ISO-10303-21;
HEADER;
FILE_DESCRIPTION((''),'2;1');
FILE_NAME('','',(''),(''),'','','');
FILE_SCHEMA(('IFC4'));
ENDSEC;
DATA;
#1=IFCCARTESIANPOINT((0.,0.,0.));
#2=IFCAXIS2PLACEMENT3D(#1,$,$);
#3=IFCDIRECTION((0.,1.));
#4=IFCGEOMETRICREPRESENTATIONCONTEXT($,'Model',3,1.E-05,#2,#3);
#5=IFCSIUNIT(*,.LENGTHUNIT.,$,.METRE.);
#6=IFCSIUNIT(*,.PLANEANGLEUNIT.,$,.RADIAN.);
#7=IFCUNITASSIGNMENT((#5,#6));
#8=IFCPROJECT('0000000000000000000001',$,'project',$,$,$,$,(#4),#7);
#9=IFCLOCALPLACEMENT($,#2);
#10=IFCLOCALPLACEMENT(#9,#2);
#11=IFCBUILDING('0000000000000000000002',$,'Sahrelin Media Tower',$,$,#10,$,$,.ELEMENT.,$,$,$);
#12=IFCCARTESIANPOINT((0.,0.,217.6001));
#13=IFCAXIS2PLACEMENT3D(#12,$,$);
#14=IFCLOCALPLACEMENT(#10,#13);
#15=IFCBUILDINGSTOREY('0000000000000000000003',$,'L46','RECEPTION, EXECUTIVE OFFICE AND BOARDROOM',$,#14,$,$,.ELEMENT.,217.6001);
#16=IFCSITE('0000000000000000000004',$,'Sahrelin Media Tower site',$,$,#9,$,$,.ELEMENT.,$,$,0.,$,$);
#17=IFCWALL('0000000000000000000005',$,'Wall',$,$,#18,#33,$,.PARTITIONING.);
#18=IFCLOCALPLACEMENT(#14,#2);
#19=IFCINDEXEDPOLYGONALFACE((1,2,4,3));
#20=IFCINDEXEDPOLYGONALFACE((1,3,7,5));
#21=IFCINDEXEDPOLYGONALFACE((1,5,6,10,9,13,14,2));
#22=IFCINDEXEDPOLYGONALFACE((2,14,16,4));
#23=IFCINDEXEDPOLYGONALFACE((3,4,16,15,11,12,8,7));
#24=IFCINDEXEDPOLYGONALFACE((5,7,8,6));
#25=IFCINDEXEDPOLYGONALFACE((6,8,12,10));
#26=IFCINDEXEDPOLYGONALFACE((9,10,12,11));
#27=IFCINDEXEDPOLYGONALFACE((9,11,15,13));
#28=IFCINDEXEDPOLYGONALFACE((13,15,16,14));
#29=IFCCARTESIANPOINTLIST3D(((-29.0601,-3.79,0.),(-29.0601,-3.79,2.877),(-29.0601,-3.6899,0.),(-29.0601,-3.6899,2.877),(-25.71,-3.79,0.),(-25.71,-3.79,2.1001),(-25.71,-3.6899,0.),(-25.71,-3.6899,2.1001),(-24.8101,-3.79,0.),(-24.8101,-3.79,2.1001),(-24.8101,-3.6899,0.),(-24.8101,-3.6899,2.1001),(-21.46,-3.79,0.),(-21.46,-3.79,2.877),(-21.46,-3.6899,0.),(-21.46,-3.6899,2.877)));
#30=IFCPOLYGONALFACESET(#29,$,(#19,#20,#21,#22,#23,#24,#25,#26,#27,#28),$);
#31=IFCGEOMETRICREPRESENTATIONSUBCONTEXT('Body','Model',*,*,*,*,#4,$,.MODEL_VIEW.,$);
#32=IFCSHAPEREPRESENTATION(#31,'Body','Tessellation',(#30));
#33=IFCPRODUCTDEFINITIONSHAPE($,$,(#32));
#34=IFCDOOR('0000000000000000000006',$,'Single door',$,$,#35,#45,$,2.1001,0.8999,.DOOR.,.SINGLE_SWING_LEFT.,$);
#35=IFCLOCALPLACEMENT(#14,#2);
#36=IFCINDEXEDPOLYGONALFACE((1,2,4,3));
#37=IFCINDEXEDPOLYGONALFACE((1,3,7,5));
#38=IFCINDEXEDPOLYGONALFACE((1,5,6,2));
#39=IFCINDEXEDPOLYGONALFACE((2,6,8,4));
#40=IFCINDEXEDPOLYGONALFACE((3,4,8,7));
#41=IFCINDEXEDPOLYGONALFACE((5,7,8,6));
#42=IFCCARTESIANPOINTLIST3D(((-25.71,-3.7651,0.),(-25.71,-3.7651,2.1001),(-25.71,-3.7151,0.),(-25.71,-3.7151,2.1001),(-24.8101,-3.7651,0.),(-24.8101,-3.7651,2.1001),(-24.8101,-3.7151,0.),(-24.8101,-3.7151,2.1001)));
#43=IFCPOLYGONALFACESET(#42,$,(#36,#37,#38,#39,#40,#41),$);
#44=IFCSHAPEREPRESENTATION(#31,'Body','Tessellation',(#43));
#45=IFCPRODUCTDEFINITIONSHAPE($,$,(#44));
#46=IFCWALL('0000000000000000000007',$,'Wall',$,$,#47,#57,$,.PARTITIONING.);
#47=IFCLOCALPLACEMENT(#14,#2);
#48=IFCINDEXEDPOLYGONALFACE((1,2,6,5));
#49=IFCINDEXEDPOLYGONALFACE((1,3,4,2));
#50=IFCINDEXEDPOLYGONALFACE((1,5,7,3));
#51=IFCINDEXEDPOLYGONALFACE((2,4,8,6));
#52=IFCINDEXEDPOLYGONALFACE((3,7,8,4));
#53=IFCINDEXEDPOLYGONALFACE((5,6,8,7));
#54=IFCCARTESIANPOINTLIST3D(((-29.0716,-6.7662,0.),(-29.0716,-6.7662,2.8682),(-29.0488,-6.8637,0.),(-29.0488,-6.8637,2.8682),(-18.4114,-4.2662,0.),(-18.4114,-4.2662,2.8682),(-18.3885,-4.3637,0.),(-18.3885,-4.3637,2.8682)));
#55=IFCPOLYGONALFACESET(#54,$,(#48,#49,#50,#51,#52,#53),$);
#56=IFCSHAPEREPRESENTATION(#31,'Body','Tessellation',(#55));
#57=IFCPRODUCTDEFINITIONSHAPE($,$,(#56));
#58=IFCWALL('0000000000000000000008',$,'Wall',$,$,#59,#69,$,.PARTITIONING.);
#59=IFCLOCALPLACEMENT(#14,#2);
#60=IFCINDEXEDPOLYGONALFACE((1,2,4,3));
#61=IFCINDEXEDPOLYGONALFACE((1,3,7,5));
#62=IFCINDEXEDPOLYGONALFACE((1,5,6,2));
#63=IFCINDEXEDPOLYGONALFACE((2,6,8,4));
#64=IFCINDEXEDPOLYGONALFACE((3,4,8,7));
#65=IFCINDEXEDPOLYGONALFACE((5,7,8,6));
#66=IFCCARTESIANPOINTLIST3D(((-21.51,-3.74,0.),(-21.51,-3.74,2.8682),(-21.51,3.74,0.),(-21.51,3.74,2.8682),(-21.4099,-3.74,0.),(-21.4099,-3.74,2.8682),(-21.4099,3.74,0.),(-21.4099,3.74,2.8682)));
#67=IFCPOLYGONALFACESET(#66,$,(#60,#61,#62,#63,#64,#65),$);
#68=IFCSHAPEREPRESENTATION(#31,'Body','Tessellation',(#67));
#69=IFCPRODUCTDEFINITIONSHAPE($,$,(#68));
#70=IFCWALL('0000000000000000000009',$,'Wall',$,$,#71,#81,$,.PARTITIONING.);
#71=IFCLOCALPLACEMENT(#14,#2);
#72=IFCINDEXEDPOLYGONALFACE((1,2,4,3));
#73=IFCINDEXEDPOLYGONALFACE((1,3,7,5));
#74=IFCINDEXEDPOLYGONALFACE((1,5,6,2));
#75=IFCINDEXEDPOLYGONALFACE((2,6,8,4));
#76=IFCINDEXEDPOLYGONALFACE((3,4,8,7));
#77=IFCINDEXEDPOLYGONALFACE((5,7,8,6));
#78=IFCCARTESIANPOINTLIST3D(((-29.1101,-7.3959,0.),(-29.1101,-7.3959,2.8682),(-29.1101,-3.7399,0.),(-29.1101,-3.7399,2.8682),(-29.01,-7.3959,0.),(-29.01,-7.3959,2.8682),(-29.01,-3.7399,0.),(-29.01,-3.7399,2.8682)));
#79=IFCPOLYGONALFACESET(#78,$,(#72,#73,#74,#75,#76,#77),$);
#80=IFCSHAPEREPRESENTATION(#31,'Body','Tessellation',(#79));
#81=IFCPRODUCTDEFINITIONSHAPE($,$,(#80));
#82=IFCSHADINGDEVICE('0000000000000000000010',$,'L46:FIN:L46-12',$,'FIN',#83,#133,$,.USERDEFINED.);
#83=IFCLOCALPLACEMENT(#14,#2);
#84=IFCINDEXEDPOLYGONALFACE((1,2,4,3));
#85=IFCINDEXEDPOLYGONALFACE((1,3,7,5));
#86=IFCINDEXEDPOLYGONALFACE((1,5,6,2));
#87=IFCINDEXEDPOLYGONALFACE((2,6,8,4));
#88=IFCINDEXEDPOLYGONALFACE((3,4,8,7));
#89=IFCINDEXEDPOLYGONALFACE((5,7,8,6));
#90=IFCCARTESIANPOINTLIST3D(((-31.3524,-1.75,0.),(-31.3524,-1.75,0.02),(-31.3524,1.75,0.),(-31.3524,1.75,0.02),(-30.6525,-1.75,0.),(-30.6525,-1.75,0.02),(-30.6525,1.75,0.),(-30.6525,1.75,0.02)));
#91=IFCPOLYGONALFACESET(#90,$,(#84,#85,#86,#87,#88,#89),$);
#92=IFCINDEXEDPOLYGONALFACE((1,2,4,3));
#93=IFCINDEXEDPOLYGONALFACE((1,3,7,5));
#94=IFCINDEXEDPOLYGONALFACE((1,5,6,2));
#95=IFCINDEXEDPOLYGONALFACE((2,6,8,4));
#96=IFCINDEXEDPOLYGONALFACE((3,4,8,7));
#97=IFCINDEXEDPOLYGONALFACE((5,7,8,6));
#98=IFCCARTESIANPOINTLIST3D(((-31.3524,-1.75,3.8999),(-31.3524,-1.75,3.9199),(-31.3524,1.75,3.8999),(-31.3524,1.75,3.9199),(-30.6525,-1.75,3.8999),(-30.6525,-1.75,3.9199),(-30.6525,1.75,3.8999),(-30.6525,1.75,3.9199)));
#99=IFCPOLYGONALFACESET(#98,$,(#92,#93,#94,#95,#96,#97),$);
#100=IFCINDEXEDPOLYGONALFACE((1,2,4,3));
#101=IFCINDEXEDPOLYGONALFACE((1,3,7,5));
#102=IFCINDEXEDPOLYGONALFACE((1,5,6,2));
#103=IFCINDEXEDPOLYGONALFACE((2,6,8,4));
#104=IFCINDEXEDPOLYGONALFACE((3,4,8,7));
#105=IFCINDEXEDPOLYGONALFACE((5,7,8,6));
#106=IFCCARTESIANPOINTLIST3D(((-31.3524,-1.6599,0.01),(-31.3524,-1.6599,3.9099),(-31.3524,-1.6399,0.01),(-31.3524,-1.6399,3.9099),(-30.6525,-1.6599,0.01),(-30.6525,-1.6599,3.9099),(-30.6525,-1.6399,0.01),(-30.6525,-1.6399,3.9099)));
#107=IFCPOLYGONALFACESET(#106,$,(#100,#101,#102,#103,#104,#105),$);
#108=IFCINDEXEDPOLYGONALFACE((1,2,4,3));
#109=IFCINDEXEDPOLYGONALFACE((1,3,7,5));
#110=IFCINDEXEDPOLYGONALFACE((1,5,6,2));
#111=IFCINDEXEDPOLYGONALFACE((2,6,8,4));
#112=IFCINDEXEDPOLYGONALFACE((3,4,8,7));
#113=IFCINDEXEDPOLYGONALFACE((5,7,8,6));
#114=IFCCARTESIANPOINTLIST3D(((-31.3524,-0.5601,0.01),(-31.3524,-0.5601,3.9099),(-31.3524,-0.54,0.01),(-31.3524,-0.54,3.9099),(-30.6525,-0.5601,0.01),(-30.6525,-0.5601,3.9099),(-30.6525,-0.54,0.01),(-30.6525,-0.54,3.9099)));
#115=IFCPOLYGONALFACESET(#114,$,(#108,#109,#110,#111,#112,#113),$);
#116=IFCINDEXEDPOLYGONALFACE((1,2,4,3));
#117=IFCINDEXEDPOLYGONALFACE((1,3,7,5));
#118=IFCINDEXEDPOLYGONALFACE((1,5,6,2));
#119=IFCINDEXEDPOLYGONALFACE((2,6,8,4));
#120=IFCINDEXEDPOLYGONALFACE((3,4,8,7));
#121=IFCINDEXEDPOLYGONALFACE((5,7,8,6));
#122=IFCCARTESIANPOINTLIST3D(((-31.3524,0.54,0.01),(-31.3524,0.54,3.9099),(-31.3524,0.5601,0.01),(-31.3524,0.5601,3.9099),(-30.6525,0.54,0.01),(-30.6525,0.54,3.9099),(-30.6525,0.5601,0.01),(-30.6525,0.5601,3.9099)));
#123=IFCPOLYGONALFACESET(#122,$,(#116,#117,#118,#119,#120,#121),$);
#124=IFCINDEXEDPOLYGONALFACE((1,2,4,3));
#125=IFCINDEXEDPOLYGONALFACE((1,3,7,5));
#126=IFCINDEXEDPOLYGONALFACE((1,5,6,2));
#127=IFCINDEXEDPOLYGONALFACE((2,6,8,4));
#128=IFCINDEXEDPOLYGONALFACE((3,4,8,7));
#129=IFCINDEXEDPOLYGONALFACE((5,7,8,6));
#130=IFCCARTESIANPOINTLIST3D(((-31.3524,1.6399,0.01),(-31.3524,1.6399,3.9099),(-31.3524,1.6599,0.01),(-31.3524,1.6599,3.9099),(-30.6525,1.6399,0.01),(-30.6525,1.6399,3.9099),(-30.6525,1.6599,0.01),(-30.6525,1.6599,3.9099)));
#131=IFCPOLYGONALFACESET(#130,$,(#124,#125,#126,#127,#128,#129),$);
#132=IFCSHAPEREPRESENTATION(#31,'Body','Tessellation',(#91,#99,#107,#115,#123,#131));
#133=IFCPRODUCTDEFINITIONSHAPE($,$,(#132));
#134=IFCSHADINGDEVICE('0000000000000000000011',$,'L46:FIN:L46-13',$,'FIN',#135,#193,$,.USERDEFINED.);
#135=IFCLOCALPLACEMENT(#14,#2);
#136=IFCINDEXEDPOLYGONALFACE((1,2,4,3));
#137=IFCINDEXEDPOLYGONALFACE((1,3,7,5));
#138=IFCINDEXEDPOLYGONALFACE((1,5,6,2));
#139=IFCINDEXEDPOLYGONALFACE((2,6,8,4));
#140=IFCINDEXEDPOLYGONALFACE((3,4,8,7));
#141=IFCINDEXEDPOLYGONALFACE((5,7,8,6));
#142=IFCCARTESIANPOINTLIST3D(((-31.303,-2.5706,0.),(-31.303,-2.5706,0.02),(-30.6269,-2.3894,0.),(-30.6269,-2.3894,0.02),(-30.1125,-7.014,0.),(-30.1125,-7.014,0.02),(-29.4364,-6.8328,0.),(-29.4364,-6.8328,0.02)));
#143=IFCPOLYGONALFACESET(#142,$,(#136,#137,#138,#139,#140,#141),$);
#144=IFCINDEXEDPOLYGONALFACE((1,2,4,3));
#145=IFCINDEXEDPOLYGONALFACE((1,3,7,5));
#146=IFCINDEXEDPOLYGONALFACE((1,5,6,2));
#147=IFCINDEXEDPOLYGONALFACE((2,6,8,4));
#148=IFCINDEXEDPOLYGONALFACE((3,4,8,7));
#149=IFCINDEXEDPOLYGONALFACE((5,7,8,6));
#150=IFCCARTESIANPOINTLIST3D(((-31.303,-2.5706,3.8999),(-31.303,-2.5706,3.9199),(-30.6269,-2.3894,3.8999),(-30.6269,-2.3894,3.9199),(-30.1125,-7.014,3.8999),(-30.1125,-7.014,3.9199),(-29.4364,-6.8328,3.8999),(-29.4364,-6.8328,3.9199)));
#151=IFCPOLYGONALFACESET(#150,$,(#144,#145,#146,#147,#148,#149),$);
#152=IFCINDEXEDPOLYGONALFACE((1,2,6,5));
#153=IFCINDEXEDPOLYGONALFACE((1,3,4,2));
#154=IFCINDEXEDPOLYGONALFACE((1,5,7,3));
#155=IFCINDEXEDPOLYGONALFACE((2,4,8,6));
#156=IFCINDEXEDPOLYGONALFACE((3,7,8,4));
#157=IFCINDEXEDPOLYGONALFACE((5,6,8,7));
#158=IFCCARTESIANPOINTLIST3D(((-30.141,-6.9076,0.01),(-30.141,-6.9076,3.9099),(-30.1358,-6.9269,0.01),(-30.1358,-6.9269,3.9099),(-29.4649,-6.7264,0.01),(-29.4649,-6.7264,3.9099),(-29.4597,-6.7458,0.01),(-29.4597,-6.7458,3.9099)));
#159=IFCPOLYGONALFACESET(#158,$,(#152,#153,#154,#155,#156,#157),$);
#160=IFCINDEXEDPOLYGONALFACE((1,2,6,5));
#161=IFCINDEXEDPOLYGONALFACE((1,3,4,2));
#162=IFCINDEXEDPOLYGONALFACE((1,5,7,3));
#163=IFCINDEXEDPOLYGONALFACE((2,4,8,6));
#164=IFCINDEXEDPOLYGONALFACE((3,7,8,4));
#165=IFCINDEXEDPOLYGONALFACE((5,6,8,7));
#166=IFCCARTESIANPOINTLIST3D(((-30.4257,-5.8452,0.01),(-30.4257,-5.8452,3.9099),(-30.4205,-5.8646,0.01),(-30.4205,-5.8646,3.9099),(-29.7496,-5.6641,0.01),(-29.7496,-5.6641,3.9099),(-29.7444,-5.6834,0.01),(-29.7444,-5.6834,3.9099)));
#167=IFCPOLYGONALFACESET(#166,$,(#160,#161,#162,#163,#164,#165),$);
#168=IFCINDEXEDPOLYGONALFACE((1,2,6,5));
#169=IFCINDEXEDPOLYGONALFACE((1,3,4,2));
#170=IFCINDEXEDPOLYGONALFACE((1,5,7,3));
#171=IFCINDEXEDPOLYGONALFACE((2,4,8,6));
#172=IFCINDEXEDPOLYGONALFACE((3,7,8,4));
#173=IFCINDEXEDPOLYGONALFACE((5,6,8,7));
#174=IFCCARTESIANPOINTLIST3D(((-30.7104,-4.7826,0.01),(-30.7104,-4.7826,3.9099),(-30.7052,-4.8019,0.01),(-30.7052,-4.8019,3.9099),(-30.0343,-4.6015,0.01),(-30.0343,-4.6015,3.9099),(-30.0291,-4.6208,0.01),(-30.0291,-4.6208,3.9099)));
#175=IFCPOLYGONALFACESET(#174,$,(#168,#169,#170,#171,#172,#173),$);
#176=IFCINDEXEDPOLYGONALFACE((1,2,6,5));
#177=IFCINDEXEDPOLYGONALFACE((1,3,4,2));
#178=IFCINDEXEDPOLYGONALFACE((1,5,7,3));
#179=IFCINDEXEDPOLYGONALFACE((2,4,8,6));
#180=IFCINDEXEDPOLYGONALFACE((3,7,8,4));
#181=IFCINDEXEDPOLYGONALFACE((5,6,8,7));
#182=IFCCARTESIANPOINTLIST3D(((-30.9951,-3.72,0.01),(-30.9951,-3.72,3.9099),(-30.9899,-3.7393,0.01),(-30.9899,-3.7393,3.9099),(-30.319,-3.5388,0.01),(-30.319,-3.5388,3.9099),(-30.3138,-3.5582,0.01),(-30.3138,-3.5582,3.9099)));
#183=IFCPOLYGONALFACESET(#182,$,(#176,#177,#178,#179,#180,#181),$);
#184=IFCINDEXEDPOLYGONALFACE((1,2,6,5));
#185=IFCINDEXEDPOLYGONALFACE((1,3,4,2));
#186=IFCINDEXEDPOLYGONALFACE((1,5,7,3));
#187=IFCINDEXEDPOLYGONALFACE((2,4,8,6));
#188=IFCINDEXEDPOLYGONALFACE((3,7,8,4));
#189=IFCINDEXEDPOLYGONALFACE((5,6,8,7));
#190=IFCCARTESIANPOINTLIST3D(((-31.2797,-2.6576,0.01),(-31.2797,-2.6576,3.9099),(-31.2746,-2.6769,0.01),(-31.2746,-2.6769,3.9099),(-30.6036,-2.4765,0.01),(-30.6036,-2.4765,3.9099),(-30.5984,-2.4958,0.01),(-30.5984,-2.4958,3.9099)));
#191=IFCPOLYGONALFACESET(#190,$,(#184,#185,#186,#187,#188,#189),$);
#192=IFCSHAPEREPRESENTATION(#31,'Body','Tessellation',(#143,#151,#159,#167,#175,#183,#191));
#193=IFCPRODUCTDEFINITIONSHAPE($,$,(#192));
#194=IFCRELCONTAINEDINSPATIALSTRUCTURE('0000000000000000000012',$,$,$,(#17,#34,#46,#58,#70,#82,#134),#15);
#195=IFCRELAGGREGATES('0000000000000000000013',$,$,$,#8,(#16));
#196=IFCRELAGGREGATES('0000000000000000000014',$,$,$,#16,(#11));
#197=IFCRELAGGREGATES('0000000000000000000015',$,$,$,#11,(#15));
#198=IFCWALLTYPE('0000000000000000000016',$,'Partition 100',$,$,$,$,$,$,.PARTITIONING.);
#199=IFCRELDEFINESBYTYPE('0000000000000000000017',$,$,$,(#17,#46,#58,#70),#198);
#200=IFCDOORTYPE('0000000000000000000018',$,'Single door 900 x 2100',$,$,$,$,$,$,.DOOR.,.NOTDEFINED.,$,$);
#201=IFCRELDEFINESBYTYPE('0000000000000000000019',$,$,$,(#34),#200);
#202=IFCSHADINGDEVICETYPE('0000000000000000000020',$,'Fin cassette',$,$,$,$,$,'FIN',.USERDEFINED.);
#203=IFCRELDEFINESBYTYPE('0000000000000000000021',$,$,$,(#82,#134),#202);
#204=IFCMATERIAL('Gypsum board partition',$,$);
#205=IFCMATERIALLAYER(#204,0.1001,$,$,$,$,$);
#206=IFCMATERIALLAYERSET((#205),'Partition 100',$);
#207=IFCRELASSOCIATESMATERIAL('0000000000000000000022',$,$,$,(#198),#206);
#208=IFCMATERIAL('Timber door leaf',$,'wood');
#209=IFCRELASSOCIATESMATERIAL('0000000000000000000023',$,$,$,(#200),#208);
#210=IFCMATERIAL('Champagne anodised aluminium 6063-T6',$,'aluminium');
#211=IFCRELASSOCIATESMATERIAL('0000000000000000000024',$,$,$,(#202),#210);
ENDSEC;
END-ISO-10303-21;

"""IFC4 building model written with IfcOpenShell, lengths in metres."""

from ifc_helpers import new_model, si_unit, direction, frame, frame_2d, origin, origin_2d, place, context, subcontext, project, spatial, rectangle, extrude, material, layer, layer_set, type_object, element, fill, save


model = new_model("IFC4")

# Units and contexts
model_context = context("Model", 3, precision=1e-05, world=origin(), true_north=direction((0.0, 1.0)))
body_context = subcontext(model_context, "Body", "Model", "MODEL_VIEW")
ifc_project = project(units=[si_unit("LENGTHUNIT", "METRE"), si_unit("PLANEANGLEUNIT", "RADIAN")], contexts=[model_context])

# Site, building, storey
site_placement = place(None, origin())
site = spatial("IfcSite", under=ifc_project, at=site_placement, Name="Sahrelin Media Tower site", CompositionType="ELEMENT", RefElevation=0.0)
building_placement = place(site_placement, origin())
building = spatial("IfcBuilding", under=site, at=building_placement, Name="Sahrelin Media Tower", CompositionType="ELEMENT")
storey_placement = place(building_placement, frame((0.0, 0.0, 217.6001)))
storey = spatial("IfcBuildingStorey", under=building, at=storey_placement, Name="L46", Description="RECEPTION, EXECUTIVE OFFICE AND BOARDROOM", CompositionType="ELEMENT", Elevation=217.6001)

# Shared definitions
ifc_material_1 = material(Name="Champagne anodised aluminium 6063-T6", Category="aluminium")

# Wall, opening, door
ifc_material_2 = material(Name="Gypsum board partition")
ifc_layer_1 = layer(ifc_material_2, 0.1001)
ifc_layer_set_1 = layer_set([ifc_layer_1], Name="Partition 100")
wall_type_1 = type_object("IfcWallType", Name="Partition 100", PredefinedType="PARTITIONING", material=ifc_layer_set_1)
wall_1_placement = place(storey_placement, frame((-29.0601, -3.74, 0.0), z_axis=(0.0, 0.0, 1.0), x_axis=(1.0, 0.0, 0.0)))
wall_1 = element("IfcWall", 1, at=wall_1_placement, inside=storey, type_object=wall_type_1, Name="Wall", PredefinedType="PARTITIONING", context=body_context, shape_type="SweptSolid", body=[
    extrude(rectangle(XDim=7.6001, YDim=0.1001, at=frame_2d((3.8, 0.0))), origin(), (0.0, 0.0, 1.0), 2.877),
])
opening_1_placement = place(wall_1_placement, frame((3.3501, 0.0, 0.0)))
opening_1 = element("IfcOpeningElement", 2, at=opening_1_placement, cuts=wall_1, PredefinedType="OPENING", context=body_context, shape_type="SweptSolid", body=[
    extrude(rectangle(XDim=0.8999, YDim=2.1001, at=frame_2d((0.45, 1.05))), frame((0.0, 0.05, 0.0), z_axis=(0.0, -1.0, 0.0), x_axis=(1.0, 0.0, 0.0)), (0.0, 0.0, 1.0), 0.1001),
])
ifc_material_3 = material(Name="Timber door leaf", Category="wood")
door_type_1 = type_object("IfcDoorType", Name="Single door 900 x 2100", OperationType="NOTDEFINED", PredefinedType="DOOR", material=ifc_material_3)
door_1_placement = place(opening_1_placement, origin())
door_1 = element("IfcDoor", 3, at=door_1_placement, inside=storey, type_object=door_type_1, Name="Single door", OperationType="SINGLE_SWING_LEFT", OverallHeight=2.1001, OverallWidth=0.8999, PredefinedType="DOOR", context=body_context, shape_type="SweptSolid", body=[
    extrude(rectangle(XDim=0.8999, YDim=2.1001, at=frame_2d((0.45, 1.05))), frame((0.0, 0.0249, 0.0), z_axis=(0.0, -1.0, 0.0), x_axis=(1.0, 0.0, 0.0)), (0.0, 0.0, 1.0), 0.05),
])
fill(opening_1, door_1)

# Walls
wall_2_placement = place(storey_placement, frame((-29.0601, -6.8149, 0.0), z_axis=(0.0, 0.0, 1.0), x_axis=(0.973585, 0.228323, 0.0)))
element("IfcWall", 4, at=wall_2_placement, inside=storey, type_object=wall_type_1, Name="Wall", PredefinedType="PARTITIONING", context=body_context, shape_type="SweptSolid", body=[
    extrude(rectangle(XDim=10.9495, YDim=0.1001, at=frame_2d((5.4746, 0.0))), origin(), (0.0, 0.0, 1.0), 2.8682),
])
wall_3_placement = place(storey_placement, frame((-21.46, -3.74, 0.0), z_axis=(0.0, 0.0, 1.0), x_axis=(0.0, 1.0, 0.0)))
element("IfcWall", 5, at=wall_3_placement, inside=storey, type_object=wall_type_1, Name="Wall", PredefinedType="PARTITIONING", context=body_context, shape_type="SweptSolid", body=[
    extrude(rectangle(XDim=7.48, YDim=0.1001, at=frame_2d((3.74, 0.0))), origin(), (0.0, 0.0, 1.0), 2.8682),
])
wall_4_placement = place(storey_placement, frame((-29.0601, -7.396, 0.0), z_axis=(0.0, 0.0, 1.0), x_axis=(0.0, 1.0, 0.0)))
element("IfcWall", 6, at=wall_4_placement, inside=storey, type_object=wall_type_1, Name="Wall", PredefinedType="PARTITIONING", context=body_context, shape_type="SweptSolid", body=[
    extrude(rectangle(XDim=3.656, YDim=0.1001, at=frame_2d((1.8281, 0.0))), origin(), (0.0, 0.0, 1.0), 2.8682),
])

# Shading devices
shading_device_type_1 = type_object("IfcShadingDeviceType", Name="Fin cassette", ElementType="FIN", PredefinedType="USERDEFINED", material=ifc_material_1)
placement_1 = place(storey_placement, frame((-30.5825, 0.0, 0.0), z_axis=(0.0, 0.0, 1.0), x_axis=(0.0, 1.0, 0.0)))
element("IfcShadingDevice", 7, at=placement_1, inside=storey, type_object=shading_device_type_1, Name="L46:FIN:L46-12", ObjectType="FIN", PredefinedType="USERDEFINED", context=body_context, shape_type="SweptSolid", body=[
    extrude(rectangle(XDim=3.5, YDim=0.7, at=origin_2d()), frame((0.0, 0.4199, 0.0)), (0.0, 0.0, 1.0), 0.02),
    extrude(rectangle(XDim=3.5, YDim=0.7, at=origin_2d()), frame((0.0, 0.4199, 3.8999)), (0.0, 0.0, 1.0), 0.02),
    extrude(rectangle(XDim=0.02, YDim=0.7, at=origin_2d()), frame((-1.6499, 0.4199, 0.01), z_axis=(0.0, 0.0, 1.0), x_axis=(1.0, 0.0, 0.0)), (0.0, 0.0, 1.0), 3.8999),
    extrude(rectangle(XDim=0.02, YDim=0.7, at=origin_2d()), frame((-0.55, 0.4199, 0.01), z_axis=(0.0, 0.0, 1.0), x_axis=(1.0, 0.0, 0.0)), (0.0, 0.0, 1.0), 3.8999),
    extrude(rectangle(XDim=0.02, YDim=0.7, at=origin_2d()), frame((0.55, 0.4199, 0.01), z_axis=(0.0, 0.0, 1.0), x_axis=(1.0, 0.0, 0.0)), (0.0, 0.0, 1.0), 3.8999),
    extrude(rectangle(XDim=0.02, YDim=0.7, at=origin_2d()), frame((1.6499, 0.4199, 0.01), z_axis=(0.0, 0.0, 1.0), x_axis=(1.0, 0.0, 0.0)), (0.0, 0.0, 1.0), 3.8999),
])
placement_2 = place(storey_placement, frame((-29.9641, -4.593, 0.0), z_axis=(0.0, 0.0, 1.0), x_axis=(-0.258808, 0.965929, 0.0)))
element("IfcShadingDevice", 8, at=placement_2, inside=storey, type_object=shading_device_type_1, Name="L46:FIN:L46-13", ObjectType="FIN", PredefinedType="USERDEFINED", context=body_context, shape_type="SweptSolid", body=[
    extrude(rectangle(XDim=4.6001, YDim=0.7, at=origin_2d()), frame((0.0, 0.4199, 0.0)), (0.0, 0.0, 1.0), 0.02),
    extrude(rectangle(XDim=4.6001, YDim=0.7, at=origin_2d()), frame((0.0, 0.4199, 3.8999)), (0.0, 0.0, 1.0), 0.02),
    extrude(rectangle(XDim=0.02, YDim=0.7, at=origin_2d()), frame((-2.2, 0.4199, 0.01), z_axis=(0.0, 0.0, 1.0), x_axis=(1.0, 0.0, 0.0)), (0.0, 0.0, 1.0), 3.8999),
    extrude(rectangle(XDim=0.02, YDim=0.7, at=origin_2d()), frame((-1.1001, 0.4199, 0.01), z_axis=(0.0, 0.0, 1.0), x_axis=(1.0, 0.0, 0.0)), (0.0, 0.0, 1.0), 3.8999),
    extrude(rectangle(XDim=0.02, YDim=0.7, at=origin_2d()), frame((0.0, 0.4199, 0.01), z_axis=(0.0, 0.0, 1.0), x_axis=(1.0, 0.0, 0.0)), (0.0, 0.0, 1.0), 3.8999),
    extrude(rectangle(XDim=0.02, YDim=0.7, at=origin_2d()), frame((1.1001, 0.4199, 0.01), z_axis=(0.0, 0.0, 1.0), x_axis=(1.0, 0.0, 0.0)), (0.0, 0.0, 1.0), 3.8999),
    extrude(rectangle(XDim=0.02, YDim=0.7, at=origin_2d()), frame((2.2, 0.4199, 0.01), z_axis=(0.0, 0.0, 1.0), x_axis=(1.0, 0.0, 0.0)), (0.0, 0.0, 1.0), 3.8999),
])

save(model, "model.ifc")
